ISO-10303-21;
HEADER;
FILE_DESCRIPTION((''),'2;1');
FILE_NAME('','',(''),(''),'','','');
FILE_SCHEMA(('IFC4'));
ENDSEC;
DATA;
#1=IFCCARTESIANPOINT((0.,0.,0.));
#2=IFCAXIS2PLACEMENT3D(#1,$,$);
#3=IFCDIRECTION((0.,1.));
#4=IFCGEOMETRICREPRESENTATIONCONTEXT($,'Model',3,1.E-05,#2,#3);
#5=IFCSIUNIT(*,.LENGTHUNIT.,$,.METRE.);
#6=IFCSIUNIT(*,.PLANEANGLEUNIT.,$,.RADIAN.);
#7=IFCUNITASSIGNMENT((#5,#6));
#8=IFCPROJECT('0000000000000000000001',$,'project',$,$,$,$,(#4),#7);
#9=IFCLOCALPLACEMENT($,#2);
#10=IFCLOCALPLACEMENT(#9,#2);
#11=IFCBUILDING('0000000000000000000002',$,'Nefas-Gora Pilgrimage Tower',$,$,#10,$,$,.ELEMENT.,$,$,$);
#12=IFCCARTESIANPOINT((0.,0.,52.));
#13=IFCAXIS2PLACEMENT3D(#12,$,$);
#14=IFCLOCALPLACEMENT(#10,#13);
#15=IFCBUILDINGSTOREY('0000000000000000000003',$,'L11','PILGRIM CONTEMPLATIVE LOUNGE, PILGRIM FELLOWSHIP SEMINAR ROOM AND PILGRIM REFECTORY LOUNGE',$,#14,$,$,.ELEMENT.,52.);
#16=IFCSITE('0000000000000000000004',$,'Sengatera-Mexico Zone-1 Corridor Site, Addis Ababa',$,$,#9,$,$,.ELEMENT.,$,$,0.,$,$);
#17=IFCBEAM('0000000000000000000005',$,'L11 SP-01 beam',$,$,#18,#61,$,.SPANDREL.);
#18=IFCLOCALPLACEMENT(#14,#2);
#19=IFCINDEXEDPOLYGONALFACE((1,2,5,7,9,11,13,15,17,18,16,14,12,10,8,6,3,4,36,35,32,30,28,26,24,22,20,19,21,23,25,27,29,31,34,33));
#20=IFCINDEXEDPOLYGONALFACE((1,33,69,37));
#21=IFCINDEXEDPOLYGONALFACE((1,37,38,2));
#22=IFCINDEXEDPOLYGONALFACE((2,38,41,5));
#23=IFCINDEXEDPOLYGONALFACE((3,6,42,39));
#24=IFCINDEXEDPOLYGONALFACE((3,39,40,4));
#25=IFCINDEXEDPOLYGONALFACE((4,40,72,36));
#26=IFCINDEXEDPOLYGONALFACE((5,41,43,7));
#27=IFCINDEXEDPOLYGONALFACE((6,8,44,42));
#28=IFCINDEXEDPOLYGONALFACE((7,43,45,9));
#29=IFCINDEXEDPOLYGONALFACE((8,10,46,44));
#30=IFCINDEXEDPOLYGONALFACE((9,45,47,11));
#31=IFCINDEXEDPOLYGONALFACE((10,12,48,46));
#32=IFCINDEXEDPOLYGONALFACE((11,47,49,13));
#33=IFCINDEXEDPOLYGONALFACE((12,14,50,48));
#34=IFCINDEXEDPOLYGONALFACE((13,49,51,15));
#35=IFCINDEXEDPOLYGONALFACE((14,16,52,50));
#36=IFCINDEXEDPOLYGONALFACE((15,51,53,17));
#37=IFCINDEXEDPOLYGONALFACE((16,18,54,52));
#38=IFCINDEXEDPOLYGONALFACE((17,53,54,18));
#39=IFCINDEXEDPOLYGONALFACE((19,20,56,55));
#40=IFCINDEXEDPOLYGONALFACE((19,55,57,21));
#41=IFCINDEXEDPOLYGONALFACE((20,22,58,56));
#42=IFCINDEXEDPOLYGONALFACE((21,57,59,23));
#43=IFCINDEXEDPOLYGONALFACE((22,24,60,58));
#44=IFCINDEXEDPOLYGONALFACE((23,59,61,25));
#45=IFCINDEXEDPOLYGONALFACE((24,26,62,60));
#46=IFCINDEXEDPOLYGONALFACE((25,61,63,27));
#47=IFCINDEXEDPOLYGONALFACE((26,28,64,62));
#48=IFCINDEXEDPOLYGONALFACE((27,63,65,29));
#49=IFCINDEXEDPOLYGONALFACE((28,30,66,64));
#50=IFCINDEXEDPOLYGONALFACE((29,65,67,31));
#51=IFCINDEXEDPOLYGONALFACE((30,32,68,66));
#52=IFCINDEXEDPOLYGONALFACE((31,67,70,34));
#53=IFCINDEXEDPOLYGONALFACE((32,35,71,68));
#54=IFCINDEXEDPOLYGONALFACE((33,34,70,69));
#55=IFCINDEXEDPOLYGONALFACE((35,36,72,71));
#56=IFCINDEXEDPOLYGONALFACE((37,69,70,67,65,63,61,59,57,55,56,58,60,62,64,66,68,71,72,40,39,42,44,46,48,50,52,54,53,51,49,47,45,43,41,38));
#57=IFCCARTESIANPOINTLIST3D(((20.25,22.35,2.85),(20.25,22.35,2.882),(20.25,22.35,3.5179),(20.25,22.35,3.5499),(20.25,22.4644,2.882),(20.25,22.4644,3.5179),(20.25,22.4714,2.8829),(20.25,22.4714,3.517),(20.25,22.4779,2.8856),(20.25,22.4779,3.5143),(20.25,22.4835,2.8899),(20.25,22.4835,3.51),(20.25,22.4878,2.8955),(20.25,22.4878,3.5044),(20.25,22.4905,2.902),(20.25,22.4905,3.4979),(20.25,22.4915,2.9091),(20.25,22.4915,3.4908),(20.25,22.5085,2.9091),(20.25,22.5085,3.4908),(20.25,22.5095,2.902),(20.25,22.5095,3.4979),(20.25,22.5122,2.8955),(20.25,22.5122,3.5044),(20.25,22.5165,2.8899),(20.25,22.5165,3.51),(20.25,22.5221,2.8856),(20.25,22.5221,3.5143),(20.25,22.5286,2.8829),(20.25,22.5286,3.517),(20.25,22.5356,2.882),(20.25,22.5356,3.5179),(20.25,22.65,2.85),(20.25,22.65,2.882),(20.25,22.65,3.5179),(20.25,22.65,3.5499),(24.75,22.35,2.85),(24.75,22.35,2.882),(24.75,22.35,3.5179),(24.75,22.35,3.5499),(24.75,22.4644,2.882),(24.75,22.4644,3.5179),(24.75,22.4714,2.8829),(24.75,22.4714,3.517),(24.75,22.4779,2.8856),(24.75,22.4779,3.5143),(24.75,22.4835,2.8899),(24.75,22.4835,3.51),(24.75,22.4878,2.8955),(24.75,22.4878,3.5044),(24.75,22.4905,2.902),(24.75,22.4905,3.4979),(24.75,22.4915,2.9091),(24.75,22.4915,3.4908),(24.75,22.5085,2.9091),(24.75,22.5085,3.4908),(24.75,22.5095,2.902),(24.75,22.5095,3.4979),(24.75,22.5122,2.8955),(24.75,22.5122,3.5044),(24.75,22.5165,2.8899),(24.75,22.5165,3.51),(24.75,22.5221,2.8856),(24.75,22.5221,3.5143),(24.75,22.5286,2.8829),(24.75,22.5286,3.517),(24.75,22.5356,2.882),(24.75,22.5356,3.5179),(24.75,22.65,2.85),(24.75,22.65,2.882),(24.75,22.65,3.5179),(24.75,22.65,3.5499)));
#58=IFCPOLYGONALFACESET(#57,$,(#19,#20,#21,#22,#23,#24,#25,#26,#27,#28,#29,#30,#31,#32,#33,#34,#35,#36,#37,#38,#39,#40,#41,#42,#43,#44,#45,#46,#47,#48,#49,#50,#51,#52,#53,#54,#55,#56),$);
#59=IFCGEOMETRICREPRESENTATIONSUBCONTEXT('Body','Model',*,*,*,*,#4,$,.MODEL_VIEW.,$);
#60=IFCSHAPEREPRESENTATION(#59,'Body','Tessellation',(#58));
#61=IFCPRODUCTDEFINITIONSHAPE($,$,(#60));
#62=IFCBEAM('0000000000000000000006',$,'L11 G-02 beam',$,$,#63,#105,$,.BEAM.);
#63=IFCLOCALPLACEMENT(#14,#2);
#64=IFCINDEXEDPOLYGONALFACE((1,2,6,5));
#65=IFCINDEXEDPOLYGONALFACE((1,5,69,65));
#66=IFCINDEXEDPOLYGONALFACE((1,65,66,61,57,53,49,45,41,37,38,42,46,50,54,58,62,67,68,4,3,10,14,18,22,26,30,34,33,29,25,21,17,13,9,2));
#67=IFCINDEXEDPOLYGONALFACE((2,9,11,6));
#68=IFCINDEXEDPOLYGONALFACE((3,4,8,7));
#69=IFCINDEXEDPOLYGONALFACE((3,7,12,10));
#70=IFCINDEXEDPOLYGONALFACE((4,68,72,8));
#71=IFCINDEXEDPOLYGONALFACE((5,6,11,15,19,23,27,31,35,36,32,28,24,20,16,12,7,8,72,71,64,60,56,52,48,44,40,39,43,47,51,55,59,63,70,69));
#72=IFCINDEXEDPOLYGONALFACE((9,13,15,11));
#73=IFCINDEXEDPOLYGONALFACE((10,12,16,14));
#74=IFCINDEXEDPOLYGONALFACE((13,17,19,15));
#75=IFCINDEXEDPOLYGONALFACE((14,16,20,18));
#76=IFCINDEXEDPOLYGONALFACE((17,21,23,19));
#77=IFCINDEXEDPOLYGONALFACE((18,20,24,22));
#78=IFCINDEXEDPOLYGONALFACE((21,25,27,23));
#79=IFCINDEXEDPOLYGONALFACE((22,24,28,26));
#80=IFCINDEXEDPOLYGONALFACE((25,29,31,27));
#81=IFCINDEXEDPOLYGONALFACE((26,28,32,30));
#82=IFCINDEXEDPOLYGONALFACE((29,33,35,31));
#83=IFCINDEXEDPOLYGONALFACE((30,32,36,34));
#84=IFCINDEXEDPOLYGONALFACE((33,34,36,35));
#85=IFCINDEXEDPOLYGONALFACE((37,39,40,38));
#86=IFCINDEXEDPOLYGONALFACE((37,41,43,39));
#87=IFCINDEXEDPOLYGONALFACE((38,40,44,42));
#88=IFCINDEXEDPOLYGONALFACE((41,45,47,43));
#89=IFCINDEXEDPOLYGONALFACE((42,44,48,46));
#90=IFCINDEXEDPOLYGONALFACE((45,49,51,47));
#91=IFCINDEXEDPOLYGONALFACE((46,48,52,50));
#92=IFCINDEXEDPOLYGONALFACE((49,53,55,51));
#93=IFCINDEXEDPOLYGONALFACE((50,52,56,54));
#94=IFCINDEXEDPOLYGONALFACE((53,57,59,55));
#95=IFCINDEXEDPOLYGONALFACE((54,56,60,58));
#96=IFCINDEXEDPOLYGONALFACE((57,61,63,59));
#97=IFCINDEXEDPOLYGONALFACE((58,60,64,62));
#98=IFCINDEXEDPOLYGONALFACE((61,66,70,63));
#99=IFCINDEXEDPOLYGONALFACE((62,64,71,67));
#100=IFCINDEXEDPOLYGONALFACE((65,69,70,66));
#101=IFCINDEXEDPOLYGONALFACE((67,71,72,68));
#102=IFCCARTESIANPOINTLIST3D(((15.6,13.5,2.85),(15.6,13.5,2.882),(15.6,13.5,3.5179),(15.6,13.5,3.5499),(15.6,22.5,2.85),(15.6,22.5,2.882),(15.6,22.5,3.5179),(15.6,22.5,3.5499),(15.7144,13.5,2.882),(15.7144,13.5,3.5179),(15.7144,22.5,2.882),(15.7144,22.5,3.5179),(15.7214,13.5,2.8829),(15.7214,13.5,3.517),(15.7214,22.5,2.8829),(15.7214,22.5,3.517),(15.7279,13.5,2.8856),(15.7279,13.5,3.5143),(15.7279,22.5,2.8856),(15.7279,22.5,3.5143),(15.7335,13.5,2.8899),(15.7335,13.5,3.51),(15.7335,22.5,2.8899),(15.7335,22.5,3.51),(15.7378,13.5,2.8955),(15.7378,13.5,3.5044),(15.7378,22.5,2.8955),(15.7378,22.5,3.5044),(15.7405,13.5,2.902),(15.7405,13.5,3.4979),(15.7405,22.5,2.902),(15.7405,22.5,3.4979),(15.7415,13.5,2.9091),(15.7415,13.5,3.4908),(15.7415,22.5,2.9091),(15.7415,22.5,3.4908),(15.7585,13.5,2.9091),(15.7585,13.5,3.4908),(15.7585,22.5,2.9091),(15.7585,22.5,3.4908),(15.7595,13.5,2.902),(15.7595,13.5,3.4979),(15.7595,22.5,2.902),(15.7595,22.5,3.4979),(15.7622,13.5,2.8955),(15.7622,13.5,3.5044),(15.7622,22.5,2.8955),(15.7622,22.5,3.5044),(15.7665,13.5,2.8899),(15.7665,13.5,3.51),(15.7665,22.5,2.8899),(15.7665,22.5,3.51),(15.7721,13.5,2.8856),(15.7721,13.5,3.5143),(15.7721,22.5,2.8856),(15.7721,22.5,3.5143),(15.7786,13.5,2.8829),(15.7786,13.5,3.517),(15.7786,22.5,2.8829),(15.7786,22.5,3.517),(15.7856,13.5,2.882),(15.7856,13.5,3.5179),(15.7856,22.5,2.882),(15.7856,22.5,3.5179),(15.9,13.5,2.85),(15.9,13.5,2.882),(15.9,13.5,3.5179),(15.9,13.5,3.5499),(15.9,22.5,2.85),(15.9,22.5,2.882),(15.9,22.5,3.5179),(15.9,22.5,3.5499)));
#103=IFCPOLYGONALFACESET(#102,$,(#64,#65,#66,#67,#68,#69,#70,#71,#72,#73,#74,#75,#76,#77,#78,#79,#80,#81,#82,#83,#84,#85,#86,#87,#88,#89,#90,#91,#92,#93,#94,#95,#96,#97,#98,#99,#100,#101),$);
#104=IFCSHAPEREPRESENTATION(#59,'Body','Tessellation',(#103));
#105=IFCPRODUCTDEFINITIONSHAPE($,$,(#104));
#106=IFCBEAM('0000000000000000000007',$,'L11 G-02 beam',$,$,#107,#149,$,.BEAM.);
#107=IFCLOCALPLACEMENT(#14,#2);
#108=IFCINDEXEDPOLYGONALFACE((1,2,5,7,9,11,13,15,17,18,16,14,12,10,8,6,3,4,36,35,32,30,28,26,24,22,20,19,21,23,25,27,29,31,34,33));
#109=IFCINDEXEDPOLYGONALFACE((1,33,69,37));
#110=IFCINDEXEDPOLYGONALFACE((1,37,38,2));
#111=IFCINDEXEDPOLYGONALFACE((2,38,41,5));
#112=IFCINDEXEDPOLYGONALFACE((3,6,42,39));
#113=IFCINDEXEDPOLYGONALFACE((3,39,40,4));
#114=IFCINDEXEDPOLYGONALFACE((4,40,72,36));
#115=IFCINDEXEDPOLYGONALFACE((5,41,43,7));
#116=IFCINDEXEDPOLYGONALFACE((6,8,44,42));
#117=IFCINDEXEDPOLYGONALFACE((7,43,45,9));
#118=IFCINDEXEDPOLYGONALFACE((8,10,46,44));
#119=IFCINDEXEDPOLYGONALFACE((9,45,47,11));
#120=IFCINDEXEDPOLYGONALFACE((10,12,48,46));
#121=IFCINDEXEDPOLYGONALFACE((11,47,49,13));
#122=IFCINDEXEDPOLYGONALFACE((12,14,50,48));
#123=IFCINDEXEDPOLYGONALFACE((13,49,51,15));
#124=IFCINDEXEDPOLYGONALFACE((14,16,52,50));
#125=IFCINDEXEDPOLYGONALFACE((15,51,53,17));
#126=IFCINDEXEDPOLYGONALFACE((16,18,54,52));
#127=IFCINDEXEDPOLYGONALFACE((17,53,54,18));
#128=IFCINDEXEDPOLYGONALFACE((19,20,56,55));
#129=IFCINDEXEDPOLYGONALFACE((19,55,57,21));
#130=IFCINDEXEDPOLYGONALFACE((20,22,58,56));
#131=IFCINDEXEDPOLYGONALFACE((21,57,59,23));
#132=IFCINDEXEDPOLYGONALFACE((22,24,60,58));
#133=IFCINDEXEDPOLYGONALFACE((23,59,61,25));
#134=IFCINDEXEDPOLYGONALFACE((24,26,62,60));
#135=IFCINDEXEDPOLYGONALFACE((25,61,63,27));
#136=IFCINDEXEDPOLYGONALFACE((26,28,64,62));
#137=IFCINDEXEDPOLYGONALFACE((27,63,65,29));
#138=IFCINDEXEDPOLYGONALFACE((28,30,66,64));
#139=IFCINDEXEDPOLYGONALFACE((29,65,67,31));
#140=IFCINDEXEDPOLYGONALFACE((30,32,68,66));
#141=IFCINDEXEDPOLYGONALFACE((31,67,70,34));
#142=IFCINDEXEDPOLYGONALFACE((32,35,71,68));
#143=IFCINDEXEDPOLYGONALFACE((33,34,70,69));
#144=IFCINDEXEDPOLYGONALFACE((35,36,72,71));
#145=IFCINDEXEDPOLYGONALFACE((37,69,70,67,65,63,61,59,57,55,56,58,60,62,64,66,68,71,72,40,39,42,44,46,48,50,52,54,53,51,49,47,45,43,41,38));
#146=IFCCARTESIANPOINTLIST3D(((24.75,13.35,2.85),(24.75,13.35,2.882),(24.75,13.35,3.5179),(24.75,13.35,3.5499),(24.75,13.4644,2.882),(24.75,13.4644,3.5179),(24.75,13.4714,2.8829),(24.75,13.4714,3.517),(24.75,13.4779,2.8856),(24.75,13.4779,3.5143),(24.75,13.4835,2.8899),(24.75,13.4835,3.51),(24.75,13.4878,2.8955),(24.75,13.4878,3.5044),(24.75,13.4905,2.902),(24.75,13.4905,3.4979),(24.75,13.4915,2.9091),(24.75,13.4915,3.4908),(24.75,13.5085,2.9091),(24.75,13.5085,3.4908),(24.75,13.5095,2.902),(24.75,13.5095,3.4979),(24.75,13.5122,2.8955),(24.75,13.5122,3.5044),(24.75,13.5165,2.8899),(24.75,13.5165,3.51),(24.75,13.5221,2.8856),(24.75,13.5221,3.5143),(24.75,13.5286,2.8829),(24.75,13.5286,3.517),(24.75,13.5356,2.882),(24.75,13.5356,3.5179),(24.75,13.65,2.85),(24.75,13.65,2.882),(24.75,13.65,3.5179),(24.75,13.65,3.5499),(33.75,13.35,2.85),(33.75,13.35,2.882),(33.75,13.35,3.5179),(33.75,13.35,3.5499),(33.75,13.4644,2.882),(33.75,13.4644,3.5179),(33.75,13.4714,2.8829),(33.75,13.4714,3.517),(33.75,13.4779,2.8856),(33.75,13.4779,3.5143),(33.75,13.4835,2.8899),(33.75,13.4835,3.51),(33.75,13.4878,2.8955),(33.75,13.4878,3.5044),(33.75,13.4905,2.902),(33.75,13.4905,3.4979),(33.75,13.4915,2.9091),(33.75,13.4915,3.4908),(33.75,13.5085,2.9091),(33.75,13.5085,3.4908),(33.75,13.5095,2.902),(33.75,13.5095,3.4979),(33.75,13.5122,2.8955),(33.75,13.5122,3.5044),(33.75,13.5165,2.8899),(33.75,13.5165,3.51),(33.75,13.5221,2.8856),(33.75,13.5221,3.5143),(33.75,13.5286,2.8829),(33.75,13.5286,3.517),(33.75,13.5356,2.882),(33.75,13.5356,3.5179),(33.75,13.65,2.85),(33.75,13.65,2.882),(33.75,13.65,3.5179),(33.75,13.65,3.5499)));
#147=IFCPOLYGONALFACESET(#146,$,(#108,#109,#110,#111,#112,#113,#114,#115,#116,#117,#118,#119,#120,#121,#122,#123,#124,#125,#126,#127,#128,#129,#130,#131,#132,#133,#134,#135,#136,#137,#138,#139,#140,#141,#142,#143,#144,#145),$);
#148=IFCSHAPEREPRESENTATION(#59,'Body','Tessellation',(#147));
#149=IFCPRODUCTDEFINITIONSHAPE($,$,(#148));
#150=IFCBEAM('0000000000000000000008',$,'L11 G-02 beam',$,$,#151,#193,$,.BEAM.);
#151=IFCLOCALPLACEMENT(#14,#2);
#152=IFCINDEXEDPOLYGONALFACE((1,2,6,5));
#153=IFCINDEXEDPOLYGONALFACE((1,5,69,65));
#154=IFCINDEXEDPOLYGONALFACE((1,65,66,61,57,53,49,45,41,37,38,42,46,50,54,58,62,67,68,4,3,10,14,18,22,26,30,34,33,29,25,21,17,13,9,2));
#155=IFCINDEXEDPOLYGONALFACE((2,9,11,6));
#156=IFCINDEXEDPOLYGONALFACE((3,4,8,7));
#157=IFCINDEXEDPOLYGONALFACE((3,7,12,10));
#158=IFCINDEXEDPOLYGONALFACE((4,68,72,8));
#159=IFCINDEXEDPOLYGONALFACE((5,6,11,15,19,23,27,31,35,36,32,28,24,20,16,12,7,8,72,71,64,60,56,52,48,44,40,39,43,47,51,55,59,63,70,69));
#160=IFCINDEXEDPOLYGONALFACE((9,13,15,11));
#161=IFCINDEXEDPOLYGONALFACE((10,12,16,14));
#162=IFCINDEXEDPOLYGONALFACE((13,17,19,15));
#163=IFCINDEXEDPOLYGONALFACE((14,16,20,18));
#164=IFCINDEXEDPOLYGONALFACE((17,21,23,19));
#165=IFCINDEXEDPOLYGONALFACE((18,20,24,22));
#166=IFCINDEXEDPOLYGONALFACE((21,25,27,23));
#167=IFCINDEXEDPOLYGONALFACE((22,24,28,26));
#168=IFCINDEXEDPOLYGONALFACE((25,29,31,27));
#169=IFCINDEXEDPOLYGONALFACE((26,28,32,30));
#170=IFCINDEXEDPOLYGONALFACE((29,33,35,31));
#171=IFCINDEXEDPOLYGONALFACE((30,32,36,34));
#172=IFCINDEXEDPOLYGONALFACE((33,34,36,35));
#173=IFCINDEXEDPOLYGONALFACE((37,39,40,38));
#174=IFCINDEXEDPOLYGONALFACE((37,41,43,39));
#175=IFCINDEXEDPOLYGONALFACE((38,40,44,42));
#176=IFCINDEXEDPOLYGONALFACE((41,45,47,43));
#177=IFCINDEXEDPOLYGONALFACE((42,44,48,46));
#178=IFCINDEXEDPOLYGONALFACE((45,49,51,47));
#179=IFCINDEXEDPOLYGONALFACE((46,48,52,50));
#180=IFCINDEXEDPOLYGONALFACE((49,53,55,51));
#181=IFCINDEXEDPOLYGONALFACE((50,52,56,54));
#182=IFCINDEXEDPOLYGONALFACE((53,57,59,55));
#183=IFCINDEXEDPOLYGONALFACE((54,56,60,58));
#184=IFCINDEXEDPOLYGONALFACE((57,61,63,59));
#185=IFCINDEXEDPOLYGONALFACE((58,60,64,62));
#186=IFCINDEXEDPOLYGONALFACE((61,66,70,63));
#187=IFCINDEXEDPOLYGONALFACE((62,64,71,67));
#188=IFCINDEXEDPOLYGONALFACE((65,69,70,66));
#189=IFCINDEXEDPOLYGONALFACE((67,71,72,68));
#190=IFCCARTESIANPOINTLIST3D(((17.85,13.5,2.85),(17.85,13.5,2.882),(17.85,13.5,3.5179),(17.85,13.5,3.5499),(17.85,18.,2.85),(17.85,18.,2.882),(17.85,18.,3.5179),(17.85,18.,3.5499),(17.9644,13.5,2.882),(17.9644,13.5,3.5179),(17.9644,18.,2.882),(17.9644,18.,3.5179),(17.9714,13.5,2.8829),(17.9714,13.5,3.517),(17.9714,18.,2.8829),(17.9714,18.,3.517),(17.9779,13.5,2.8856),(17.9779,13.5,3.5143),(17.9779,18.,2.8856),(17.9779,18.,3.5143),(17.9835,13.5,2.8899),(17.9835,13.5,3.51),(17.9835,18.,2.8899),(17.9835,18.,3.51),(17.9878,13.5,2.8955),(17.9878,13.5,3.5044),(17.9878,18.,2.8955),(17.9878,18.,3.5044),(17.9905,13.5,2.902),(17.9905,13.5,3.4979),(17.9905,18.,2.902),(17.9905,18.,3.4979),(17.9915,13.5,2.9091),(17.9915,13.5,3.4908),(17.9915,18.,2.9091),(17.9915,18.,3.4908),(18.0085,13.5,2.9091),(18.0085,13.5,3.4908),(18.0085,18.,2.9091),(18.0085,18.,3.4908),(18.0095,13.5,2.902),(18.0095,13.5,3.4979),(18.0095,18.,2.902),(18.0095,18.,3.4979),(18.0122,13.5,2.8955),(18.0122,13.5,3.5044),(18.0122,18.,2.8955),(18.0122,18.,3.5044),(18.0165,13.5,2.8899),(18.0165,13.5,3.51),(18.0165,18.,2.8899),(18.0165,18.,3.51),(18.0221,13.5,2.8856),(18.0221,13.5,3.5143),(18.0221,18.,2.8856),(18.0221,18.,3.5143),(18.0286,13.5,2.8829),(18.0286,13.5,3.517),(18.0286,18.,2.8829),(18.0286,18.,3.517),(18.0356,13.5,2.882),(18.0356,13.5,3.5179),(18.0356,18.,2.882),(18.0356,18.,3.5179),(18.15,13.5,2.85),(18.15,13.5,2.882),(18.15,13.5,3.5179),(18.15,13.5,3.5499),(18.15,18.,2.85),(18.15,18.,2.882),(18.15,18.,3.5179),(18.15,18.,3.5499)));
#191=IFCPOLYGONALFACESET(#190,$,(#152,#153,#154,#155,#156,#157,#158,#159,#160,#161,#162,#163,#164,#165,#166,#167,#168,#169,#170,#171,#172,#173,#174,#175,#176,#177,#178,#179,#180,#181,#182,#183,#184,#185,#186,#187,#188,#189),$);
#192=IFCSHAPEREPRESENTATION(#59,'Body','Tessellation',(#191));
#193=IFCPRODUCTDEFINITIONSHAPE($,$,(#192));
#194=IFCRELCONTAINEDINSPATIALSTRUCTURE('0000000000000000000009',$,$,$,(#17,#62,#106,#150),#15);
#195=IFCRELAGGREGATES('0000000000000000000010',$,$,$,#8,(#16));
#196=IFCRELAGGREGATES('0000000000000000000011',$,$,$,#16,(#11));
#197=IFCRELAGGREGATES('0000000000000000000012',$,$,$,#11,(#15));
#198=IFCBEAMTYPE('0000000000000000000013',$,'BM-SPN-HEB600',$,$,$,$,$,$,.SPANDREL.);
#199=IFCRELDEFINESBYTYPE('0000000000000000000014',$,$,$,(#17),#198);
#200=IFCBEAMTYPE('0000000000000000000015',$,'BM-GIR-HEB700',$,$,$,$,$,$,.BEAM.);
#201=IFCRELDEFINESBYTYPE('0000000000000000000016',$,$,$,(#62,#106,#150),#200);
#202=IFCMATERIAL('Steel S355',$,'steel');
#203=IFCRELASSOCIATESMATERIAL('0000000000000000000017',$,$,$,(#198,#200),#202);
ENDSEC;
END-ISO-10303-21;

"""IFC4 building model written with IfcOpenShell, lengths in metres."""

from ifc_helpers import new_model, si_unit, direction, frame, origin, origin_2d, place, context, subcontext, project, spatial, i_section, extrude, source, transform, mapped, material, material_profile, profile_set, type_object, element, save


model = new_model("IFC4")

# Units and contexts
model_context = context("Model", 3, precision=1e-05, world=origin(), true_north=direction((0.0, 1.0)))
body_context = subcontext(model_context, "Body", "Model", "MODEL_VIEW")
ifc_project = project(units=[si_unit("LENGTHUNIT", "METRE"), si_unit("PLANEANGLEUNIT", "RADIAN")], contexts=[model_context])

# Site, building, storey
site_placement = place(None, origin())
site = spatial("IfcSite", under=ifc_project, at=site_placement, Name="Sengatera-Mexico Zone-1 Corridor Site, Addis Ababa", CompositionType="ELEMENT", RefElevation=0.0)
building_placement = place(site_placement, origin())
building = spatial("IfcBuilding", under=site, at=building_placement, Name="Nefas-Gora Pilgrimage Tower", CompositionType="ELEMENT")
storey_placement = place(building_placement, frame((0.0, 0.0, 52.0)))
storey = spatial("IfcBuildingStorey", under=building, at=storey_placement, Name="L11", Description="PILGRIM CONTEMPLATIVE LOUNGE, PILGRIM FELLOWSHIP SEMINAR ROOM AND PILGRIM REFECTORY LOUNGE", CompositionType="ELEMENT", Elevation=52.0)

# Beams
ifc_material_1 = material(Name="Steel S355", Category="steel")
ifc_material_profile_1 = material_profile(ifc_material_1, i_section(OverallWidth=0.3, OverallDepth=0.7, WebThickness=0.0171, FlangeThickness=0.032, FilletRadius=0.0271, at=origin_2d()), Name="HEB 700")
ifc_profile_set_1 = profile_set([ifc_material_profile_1], Name="Steel S355")
beam_type_1 = type_object("IfcBeamType", Name="BM-SPN-HEB600", PredefinedType="SPANDREL", material=ifc_profile_set_1)
shared_shape_1 = source(origin(), body_context, "Body", "SweptSolid", [
    extrude(i_section(OverallWidth=0.3, OverallDepth=0.7, WebThickness=0.0171, FlangeThickness=0.032, FilletRadius=0.0271, at=origin_2d()), origin(), (0.0, 0.0, 1.0), 4.5),
])
beam_1_placement = place(storey_placement, frame((20.25, 22.5, 3.2), z_axis=(1.0, 0.0, 0.0), x_axis=(0.0, 1.0, 0.0)))
element("IfcBeam", 1, at=beam_1_placement, inside=storey, type_object=beam_type_1, Name="L11 SP-01 beam", PredefinedType="SPANDREL", context=body_context, shape_type="MappedRepresentation", body=[
    mapped(shared_shape_1, transform((0.0, 0.0, 0.0), x_axis=(1.0, 0.0, 0.0), y_axis=(0.0, 1.0, 0.0), z_axis=(0.0, 0.0, 1.0), scale=1.0)),
])
ifc_material_profile_2 = material_profile(ifc_material_1, i_section(OverallWidth=0.3, OverallDepth=0.7, WebThickness=0.0171, FlangeThickness=0.032, FilletRadius=0.0271, at=origin_2d()), Name="HEB 700")
ifc_profile_set_2 = profile_set([ifc_material_profile_2], Name="Steel S355")
beam_type_2 = type_object("IfcBeamType", Name="BM-GIR-HEB700", PredefinedType="BEAM", material=ifc_profile_set_2)
shared_shape_2 = source(origin(), body_context, "Body", "SweptSolid", [
    extrude(i_section(OverallWidth=0.3, OverallDepth=0.7, WebThickness=0.0171, FlangeThickness=0.032, FilletRadius=0.0271, at=origin_2d()), origin(), (0.0, 0.0, 1.0), 9.0),
])
for number, where, z_axis, x_axis, name in (
    (2, (15.75, 13.5, 3.2), (0.0, 1.0, 0.0), (-1.0, 0.0, 0.0), "L11 G-02 beam"),
    (3, (24.75, 13.5, 3.2), (1.0, 0.0, 0.0), (0.0, 1.0, 0.0), "L11 G-02 beam"),
):
    element("IfcBeam", number, at=place(storey_placement, frame(where, z_axis=z_axis, x_axis=x_axis)), inside=storey, type_object=beam_type_2, Name=name, PredefinedType="BEAM", context=body_context, shape_type="MappedRepresentation", body=[
        mapped(shared_shape_2, transform((0.0, 0.0, 0.0), x_axis=(1.0, 0.0, 0.0), y_axis=(0.0, 1.0, 0.0), z_axis=(0.0, 0.0, 1.0), scale=1.0)),
    ])
shared_shape_3 = source(origin(), body_context, "Body", "SweptSolid", [
    extrude(i_section(OverallWidth=0.3, OverallDepth=0.7, WebThickness=0.0171, FlangeThickness=0.032, FilletRadius=0.0271, at=origin_2d()), origin(), (0.0, 0.0, 1.0), 4.5),
])
for number, where, z_axis, x_axis, name in (
    (4, (18.0, 13.5, 3.2), (0.0, 1.0, 0.0), (-1.0, 0.0, 0.0), "L11 G-02 beam"),
):
    element("IfcBeam", number, at=place(storey_placement, frame(where, z_axis=z_axis, x_axis=x_axis)), inside=storey, type_object=beam_type_2, Name=name, PredefinedType="BEAM", context=body_context, shape_type="MappedRepresentation", body=[
        mapped(shared_shape_3, transform((0.0, 0.0, 0.0), x_axis=(1.0, 0.0, 0.0), y_axis=(0.0, 1.0, 0.0), z_axis=(0.0, 0.0, 1.0), scale=1.0)),
    ])

save(model, "model.ifc")
